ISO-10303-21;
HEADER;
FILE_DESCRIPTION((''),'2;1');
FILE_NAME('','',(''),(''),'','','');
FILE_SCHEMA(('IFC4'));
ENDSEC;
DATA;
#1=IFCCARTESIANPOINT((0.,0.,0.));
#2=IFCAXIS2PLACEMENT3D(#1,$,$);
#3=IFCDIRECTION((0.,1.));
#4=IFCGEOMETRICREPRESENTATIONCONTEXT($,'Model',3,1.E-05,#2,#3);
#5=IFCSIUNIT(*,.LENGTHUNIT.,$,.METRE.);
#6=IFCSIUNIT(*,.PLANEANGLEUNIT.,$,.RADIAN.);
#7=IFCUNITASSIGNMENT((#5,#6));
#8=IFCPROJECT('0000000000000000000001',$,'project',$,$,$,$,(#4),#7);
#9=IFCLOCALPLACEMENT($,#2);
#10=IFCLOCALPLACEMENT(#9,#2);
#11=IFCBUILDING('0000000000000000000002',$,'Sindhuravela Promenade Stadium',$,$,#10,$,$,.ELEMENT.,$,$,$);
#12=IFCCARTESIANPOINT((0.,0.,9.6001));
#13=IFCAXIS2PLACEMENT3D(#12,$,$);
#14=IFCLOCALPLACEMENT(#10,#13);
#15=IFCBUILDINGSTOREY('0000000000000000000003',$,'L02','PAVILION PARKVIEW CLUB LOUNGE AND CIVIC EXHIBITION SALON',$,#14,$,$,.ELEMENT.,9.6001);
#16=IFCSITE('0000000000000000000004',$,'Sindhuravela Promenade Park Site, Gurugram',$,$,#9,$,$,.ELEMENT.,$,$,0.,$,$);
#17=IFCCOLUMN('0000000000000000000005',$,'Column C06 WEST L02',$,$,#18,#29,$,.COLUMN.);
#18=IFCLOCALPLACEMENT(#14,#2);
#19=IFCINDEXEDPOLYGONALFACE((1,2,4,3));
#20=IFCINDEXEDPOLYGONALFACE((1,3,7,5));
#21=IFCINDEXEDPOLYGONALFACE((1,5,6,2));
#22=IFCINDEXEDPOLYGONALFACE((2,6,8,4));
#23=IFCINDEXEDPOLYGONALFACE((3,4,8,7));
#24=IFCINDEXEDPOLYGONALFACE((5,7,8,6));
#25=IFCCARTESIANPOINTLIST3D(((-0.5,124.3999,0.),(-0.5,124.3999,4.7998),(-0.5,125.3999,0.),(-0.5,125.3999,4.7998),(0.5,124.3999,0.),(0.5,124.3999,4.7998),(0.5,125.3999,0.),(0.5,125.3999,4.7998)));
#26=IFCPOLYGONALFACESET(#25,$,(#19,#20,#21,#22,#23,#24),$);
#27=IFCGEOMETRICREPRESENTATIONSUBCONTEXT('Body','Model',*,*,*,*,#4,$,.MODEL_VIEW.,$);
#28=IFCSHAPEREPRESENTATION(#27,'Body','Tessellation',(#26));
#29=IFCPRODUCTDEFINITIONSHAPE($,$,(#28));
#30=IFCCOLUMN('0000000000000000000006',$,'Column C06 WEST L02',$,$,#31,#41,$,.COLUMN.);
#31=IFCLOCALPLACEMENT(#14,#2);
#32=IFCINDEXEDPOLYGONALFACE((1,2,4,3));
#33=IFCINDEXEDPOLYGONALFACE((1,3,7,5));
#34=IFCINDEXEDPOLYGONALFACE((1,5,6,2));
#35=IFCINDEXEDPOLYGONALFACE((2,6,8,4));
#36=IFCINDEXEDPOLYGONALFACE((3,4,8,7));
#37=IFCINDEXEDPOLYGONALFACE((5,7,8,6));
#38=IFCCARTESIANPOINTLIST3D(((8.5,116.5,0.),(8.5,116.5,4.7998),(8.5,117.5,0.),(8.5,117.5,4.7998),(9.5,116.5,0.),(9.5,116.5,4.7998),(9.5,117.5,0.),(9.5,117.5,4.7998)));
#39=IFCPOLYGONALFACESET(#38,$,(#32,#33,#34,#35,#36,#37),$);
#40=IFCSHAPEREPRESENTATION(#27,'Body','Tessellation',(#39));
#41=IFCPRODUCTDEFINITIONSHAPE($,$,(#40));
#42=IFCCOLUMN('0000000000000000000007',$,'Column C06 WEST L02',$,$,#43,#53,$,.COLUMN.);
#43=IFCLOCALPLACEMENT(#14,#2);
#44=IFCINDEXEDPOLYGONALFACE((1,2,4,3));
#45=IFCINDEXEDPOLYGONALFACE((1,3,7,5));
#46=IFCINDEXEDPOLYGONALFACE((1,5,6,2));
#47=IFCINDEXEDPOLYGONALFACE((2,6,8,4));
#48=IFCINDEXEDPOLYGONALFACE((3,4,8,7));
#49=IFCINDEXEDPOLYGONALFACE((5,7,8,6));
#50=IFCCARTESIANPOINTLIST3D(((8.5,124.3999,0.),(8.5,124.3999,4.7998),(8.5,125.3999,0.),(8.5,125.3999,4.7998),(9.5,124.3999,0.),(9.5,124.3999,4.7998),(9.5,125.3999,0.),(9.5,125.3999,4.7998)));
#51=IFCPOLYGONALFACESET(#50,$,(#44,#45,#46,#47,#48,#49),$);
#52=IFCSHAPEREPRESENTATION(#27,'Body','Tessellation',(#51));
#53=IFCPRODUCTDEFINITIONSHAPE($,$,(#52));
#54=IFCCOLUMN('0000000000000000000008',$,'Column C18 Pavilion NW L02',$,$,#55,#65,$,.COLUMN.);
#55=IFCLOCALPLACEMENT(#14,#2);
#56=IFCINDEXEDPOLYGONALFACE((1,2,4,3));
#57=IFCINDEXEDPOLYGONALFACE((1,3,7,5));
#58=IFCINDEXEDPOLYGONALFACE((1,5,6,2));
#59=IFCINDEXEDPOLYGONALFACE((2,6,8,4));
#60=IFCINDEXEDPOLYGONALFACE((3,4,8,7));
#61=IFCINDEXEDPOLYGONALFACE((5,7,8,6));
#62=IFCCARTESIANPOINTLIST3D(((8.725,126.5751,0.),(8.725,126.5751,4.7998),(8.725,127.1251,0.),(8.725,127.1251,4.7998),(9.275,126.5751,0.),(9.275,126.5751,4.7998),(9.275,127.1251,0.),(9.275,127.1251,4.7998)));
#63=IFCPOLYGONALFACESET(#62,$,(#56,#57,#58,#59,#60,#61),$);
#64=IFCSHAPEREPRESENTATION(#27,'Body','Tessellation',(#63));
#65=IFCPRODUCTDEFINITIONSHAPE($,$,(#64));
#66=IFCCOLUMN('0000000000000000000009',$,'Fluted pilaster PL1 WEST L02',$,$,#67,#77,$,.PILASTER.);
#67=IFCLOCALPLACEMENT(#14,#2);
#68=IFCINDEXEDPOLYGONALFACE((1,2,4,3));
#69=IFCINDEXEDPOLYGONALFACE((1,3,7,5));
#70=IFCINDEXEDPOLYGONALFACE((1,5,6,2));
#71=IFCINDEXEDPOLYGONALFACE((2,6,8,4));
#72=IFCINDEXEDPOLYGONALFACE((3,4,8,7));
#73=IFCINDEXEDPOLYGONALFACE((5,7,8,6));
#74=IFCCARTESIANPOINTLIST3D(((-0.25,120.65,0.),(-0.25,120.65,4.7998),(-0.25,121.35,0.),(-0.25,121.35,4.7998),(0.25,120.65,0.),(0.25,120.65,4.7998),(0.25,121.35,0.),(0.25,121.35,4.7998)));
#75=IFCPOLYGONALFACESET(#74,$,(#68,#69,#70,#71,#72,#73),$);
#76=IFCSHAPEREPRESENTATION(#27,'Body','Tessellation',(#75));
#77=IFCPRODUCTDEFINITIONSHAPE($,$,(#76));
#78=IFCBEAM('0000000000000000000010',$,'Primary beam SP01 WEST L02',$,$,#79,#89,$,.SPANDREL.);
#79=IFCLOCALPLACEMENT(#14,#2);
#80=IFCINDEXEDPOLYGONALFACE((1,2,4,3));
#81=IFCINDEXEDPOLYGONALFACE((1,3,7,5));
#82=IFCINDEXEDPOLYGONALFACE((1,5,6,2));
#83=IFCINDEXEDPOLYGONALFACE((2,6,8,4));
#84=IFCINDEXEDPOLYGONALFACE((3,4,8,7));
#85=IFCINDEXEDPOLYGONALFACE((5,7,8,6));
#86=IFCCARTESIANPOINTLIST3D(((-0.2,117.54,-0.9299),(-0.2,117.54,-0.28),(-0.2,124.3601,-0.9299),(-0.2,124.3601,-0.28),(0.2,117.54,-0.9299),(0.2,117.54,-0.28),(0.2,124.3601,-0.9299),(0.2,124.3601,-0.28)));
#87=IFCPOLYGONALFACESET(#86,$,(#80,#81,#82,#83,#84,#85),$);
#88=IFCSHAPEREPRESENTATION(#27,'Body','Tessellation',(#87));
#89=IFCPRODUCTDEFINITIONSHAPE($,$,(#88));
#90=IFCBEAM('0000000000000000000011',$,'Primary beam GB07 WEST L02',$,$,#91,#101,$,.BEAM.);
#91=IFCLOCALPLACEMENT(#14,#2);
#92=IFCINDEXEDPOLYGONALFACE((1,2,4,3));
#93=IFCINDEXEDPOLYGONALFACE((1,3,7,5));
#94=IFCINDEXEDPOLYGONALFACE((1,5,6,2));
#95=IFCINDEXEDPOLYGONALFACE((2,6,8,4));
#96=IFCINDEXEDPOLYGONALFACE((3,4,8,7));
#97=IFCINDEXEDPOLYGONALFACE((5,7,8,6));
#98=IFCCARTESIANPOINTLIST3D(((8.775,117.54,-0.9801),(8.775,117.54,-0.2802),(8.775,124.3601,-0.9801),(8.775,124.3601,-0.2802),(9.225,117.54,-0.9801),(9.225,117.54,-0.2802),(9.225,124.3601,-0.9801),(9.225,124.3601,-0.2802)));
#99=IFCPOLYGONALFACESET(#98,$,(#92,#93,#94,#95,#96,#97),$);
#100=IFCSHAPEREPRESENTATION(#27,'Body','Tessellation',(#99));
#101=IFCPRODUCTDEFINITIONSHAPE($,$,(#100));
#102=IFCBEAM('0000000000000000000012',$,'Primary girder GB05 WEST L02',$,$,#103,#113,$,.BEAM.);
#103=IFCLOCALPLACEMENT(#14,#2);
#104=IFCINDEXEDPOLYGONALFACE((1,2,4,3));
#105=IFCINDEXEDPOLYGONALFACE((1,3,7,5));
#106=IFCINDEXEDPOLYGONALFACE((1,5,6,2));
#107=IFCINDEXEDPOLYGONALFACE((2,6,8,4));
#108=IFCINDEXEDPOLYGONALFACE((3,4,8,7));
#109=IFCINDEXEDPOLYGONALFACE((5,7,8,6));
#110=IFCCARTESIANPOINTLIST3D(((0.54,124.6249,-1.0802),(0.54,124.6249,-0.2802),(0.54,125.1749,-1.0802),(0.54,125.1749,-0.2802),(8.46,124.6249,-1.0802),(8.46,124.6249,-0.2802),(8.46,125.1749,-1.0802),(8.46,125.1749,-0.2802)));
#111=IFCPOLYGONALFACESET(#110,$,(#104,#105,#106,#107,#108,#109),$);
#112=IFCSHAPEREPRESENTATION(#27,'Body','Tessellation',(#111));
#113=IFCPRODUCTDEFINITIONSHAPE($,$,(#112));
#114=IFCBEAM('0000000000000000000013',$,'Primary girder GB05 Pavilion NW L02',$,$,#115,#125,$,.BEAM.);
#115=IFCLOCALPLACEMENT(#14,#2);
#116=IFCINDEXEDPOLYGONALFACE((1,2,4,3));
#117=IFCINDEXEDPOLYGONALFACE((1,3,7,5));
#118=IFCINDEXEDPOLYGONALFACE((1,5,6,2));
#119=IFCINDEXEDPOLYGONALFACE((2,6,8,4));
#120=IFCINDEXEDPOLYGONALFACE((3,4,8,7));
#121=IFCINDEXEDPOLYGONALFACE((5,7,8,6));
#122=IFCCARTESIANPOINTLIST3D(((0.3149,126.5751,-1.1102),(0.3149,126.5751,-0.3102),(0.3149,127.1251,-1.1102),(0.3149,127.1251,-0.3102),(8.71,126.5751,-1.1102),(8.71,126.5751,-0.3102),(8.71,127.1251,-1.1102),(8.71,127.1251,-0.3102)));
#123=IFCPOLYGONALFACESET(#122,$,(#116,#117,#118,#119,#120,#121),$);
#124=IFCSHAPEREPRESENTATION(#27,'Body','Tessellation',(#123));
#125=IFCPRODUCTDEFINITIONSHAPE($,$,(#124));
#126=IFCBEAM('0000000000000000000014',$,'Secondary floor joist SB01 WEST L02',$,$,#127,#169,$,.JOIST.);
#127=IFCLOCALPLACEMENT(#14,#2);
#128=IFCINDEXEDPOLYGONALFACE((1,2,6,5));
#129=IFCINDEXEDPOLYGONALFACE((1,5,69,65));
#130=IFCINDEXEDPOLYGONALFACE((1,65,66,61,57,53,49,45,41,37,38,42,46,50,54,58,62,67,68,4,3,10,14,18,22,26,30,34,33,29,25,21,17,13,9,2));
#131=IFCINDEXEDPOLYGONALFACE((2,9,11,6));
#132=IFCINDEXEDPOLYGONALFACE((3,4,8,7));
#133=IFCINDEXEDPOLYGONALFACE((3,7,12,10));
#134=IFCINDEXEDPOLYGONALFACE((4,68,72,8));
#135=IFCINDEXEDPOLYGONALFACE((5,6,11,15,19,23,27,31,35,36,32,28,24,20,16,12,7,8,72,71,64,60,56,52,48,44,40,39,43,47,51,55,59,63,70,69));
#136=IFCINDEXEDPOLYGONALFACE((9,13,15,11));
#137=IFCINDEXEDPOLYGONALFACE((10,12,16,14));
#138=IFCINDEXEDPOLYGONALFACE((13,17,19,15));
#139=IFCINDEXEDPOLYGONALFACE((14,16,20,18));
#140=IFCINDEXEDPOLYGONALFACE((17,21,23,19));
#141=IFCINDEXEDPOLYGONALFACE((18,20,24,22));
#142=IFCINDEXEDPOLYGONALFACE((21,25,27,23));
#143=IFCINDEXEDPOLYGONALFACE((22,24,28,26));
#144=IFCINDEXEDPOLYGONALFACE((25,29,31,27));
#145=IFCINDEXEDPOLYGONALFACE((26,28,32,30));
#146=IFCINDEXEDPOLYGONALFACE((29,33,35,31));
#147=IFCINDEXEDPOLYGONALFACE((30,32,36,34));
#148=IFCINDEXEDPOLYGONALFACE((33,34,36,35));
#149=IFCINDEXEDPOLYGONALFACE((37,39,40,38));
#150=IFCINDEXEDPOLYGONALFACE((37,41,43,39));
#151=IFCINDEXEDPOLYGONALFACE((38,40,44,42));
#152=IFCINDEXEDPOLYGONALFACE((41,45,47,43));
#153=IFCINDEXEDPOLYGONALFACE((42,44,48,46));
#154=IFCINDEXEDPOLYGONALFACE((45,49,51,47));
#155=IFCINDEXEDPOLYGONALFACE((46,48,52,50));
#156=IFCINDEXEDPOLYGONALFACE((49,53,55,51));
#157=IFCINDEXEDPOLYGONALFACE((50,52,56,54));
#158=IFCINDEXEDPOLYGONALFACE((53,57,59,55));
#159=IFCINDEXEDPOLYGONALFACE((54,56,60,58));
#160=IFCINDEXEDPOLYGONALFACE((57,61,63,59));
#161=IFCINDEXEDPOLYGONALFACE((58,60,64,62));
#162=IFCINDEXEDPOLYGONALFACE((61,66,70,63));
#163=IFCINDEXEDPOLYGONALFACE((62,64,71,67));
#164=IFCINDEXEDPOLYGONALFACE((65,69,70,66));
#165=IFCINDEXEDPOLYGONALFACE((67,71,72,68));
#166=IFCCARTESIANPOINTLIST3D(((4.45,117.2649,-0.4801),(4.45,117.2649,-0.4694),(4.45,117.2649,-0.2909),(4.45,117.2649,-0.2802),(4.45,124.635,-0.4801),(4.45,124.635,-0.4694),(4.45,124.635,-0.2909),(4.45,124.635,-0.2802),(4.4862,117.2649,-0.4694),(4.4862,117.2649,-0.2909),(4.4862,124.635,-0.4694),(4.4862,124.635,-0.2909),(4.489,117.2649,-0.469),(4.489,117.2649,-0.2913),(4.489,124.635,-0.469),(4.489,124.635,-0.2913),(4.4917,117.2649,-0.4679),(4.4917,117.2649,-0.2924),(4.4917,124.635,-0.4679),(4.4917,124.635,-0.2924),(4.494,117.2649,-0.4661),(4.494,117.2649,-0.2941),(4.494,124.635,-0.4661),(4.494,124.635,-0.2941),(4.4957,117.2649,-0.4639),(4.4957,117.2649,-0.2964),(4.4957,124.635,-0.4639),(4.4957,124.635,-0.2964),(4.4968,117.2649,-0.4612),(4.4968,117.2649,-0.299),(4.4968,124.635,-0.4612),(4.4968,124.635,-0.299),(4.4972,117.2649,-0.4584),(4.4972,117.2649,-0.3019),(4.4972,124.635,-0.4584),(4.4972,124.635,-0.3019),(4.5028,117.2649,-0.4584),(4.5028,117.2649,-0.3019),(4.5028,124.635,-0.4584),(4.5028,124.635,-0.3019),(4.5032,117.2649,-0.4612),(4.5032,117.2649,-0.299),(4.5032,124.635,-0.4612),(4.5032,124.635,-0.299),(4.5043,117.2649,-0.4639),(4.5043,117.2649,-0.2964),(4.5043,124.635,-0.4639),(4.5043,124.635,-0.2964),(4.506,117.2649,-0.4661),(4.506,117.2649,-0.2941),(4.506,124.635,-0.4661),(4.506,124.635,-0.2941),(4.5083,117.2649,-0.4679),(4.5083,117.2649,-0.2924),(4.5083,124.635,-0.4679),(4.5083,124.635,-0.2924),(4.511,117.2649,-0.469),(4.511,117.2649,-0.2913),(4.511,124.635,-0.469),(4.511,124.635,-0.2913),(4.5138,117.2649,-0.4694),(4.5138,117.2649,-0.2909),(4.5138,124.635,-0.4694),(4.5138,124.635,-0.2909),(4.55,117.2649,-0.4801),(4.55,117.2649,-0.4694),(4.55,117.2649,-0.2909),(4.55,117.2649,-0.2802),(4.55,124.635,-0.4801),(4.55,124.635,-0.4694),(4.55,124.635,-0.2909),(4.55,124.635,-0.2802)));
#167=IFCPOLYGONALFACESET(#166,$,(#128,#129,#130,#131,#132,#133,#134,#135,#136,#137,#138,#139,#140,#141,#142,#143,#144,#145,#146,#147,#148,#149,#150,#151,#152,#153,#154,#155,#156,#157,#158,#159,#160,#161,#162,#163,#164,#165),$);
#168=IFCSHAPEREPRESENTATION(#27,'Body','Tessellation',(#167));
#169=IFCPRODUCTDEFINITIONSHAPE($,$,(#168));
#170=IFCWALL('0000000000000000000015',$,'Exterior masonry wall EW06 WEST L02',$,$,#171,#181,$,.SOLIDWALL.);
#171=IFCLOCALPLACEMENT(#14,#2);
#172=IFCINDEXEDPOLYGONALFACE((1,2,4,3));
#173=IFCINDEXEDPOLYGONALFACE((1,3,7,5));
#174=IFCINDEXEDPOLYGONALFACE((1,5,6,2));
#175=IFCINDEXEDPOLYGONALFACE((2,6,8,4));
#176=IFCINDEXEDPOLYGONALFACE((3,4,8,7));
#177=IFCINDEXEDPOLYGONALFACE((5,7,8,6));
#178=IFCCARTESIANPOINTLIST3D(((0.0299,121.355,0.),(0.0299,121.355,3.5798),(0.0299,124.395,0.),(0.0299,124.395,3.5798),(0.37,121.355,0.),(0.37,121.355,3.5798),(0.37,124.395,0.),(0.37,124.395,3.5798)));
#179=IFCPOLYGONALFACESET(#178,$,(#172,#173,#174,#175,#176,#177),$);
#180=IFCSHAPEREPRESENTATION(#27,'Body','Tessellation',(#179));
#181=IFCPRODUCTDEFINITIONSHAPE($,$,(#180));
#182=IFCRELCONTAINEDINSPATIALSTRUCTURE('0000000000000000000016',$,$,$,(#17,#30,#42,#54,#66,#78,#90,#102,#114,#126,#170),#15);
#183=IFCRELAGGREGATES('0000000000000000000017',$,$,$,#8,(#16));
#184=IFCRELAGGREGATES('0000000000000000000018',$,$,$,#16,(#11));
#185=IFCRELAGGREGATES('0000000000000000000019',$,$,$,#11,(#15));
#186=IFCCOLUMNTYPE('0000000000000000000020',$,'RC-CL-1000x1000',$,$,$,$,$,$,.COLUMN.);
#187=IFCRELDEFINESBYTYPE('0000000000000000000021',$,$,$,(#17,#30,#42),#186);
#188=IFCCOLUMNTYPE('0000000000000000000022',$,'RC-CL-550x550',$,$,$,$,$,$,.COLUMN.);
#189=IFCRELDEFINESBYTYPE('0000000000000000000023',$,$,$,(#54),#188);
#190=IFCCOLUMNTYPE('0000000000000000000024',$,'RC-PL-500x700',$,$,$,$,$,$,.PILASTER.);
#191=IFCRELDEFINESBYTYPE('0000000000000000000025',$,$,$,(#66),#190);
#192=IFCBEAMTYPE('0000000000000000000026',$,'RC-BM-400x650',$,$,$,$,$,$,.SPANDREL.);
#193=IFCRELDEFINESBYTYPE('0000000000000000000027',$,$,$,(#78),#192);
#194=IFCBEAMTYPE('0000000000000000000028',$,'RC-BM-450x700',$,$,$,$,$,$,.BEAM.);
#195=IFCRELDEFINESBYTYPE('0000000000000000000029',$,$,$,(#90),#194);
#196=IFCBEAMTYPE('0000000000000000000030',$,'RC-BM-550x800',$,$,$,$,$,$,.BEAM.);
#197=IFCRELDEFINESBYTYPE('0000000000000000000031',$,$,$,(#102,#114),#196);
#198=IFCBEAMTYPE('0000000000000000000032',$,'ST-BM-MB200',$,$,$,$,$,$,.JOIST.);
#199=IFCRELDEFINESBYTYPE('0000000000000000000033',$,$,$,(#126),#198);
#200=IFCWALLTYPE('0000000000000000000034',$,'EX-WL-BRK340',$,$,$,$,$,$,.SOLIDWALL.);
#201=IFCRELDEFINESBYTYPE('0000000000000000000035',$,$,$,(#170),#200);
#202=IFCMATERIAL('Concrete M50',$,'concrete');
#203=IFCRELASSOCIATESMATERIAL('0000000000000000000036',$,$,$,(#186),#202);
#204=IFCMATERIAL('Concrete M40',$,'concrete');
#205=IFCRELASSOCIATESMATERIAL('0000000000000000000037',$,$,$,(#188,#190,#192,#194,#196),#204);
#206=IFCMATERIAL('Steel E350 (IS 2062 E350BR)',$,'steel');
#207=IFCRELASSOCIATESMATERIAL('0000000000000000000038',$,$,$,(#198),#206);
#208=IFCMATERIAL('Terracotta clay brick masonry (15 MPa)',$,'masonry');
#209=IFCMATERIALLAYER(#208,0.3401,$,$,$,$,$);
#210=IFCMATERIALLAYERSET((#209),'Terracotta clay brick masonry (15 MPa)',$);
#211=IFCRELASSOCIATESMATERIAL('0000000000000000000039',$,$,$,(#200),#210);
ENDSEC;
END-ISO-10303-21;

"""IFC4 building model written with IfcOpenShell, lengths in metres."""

from ifc_helpers import new_model, si_unit, direction, frame, frame_2d, origin, origin_2d, place, context, subcontext, project, spatial, rectangle, i_section, extrude, material, layer, layer_set, material_profile, profile_set, type_object, element, save


model = new_model("IFC4")

# Units and contexts
model_context = context("Model", 3, precision=1e-05, world=origin(), true_north=direction((0.0, 1.0)))
body_context = subcontext(model_context, "Body", "Model", "MODEL_VIEW")
ifc_project = project(units=[si_unit("LENGTHUNIT", "METRE"), si_unit("PLANEANGLEUNIT", "RADIAN")], contexts=[model_context])

# Site, building, storey
site_placement = place(None, origin())
site = spatial("IfcSite", under=ifc_project, at=site_placement, Name="Sindhuravela Promenade Park Site, Gurugram", CompositionType="ELEMENT", RefElevation=0.0)
building_placement = place(site_placement, origin())
building = spatial("IfcBuilding", under=site, at=building_placement, Name="Sindhuravela Promenade Stadium", CompositionType="ELEMENT")
storey_placement = place(building_placement, frame((0.0, 0.0, 9.6001)))
storey = spatial("IfcBuildingStorey", under=building, at=storey_placement, Name="L02", Description="PAVILION PARKVIEW CLUB LOUNGE AND CIVIC EXHIBITION SALON", CompositionType="ELEMENT", Elevation=9.6001)

# Columns
ifc_material_1 = material(Name="Concrete M50", Category="concrete")
ifc_material_profile_1 = material_profile(ifc_material_1, rectangle(XDim=1.0, YDim=1.0, at=origin_2d()), Name="RC 1000x1000")
ifc_profile_set_1 = profile_set([ifc_material_profile_1], Name="Concrete M50")
column_type_1 = type_object("IfcColumnType", Name="RC-CL-1000x1000", PredefinedType="COLUMN", material=ifc_profile_set_1)
for number, where, z_axis, x_axis, name in (
    (1, (0.0, 124.8999, 0.0), (0.0, 0.0, 1.0), (1.0, 0.0, 0.0), "Column C06 WEST L02"),
    (2, (9.0, 117.0, 0.0), (0.0, 0.0, 1.0), (1.0, 0.0, 0.0), "Column C06 WEST L02"),
    (3, (9.0, 124.8999, 0.0), (0.0, 0.0, 1.0), (1.0, 0.0, 0.0), "Column C06 WEST L02"),
):
    element("IfcColumn", number, at=place(storey_placement, frame(where, z_axis=z_axis, x_axis=x_axis)), inside=storey, type_object=column_type_1, Name=name, PredefinedType="COLUMN", context=body_context, shape_type="SweptSolid", body=[
        extrude(rectangle(XDim=1.0, YDim=1.0, at=origin_2d()), origin(), (0.0, 0.0, 1.0), 4.7998),
    ])
ifc_material_2 = material(Name="Concrete M40", Category="concrete")
ifc_material_profile_2 = material_profile(ifc_material_2, rectangle(XDim=0.55, YDim=0.55, at=origin_2d()), Name="RC 550x550")
ifc_profile_set_2 = profile_set([ifc_material_profile_2], Name="Concrete M40")
column_type_2 = type_object("IfcColumnType", Name="RC-CL-550x550", PredefinedType="COLUMN", material=ifc_profile_set_2)
column_1_placement = place(storey_placement, frame((9.0, 126.8501, 0.0), z_axis=(0.0, 0.0, 1.0), x_axis=(1.0, 0.0, 0.0)))
element("IfcColumn", 4, at=column_1_placement, inside=storey, type_object=column_type_2, Name="Column C18 Pavilion NW L02", PredefinedType="COLUMN", context=body_context, shape_type="SweptSolid", body=[
    extrude(rectangle(XDim=0.55, YDim=0.55, at=origin_2d()), origin(), (0.0, 0.0, 1.0), 4.7998),
])
ifc_material_profile_3 = material_profile(ifc_material_2, rectangle(XDim=0.5, YDim=0.7, at=origin_2d()), Name="PIL 500x700")
ifc_profile_set_3 = profile_set([ifc_material_profile_3], Name="Concrete M40")
column_type_3 = type_object("IfcColumnType", Name="RC-PL-500x700", PredefinedType="PILASTER", material=ifc_profile_set_3)
column_2_placement = place(storey_placement, frame((0.0, 121.0, 0.0), z_axis=(0.0, 0.0, 1.0), x_axis=(1.0, 0.0, 0.0)))
element("IfcColumn", 5, at=column_2_placement, inside=storey, type_object=column_type_3, Name="Fluted pilaster PL1 WEST L02", PredefinedType="PILASTER", context=body_context, shape_type="SweptSolid", body=[
    extrude(rectangle(XDim=0.5, YDim=0.7, at=origin_2d()), origin(), (0.0, 0.0, 1.0), 4.7998),
])

# Beams
ifc_material_profile_4 = material_profile(ifc_material_2, rectangle(XDim=0.3999, YDim=0.6499, at=origin_2d()), Name="RC 400x650")
ifc_profile_set_4 = profile_set([ifc_material_profile_4], Name="Concrete M40")
beam_type_1 = type_object("IfcBeamType", Name="RC-BM-400x650", PredefinedType="SPANDREL", material=ifc_profile_set_4)
beam_1_placement = place(storey_placement, frame((0.0, 117.54, -0.605), z_axis=(0.0, 1.0, 0.0), x_axis=(-1.0, 0.0, 0.0)))
element("IfcBeam", 6, at=beam_1_placement, inside=storey, type_object=beam_type_1, Name="Primary beam SP01 WEST L02", PredefinedType="SPANDREL", context=body_context, shape_type="SweptSolid", body=[
    extrude(rectangle(XDim=0.3999, YDim=0.6499, at=origin_2d()), origin(), (0.0, 0.0, 1.0), 6.8201),
])
ifc_material_profile_5 = material_profile(ifc_material_2, rectangle(XDim=0.45, YDim=0.7, at=origin_2d()), Name="RC 450x700")
ifc_profile_set_5 = profile_set([ifc_material_profile_5], Name="Concrete M40")
beam_type_2 = type_object("IfcBeamType", Name="RC-BM-450x700", PredefinedType="BEAM", material=ifc_profile_set_5)
beam_2_placement = place(storey_placement, frame((9.0, 117.54, -0.6301), z_axis=(0.0, 1.0, 0.0), x_axis=(-1.0, 0.0, 0.0)))
element("IfcBeam", 7, at=beam_2_placement, inside=storey, type_object=beam_type_2, Name="Primary beam GB07 WEST L02", PredefinedType="BEAM", context=body_context, shape_type="SweptSolid", body=[
    extrude(rectangle(XDim=0.45, YDim=0.7, at=origin_2d()), origin(), (0.0, 0.0, 1.0), 6.8201),
])
ifc_material_profile_6 = material_profile(ifc_material_2, rectangle(XDim=0.55, YDim=0.8, at=origin_2d()), Name="RC 550x800")
ifc_profile_set_6 = profile_set([ifc_material_profile_6], Name="Concrete M40")
beam_type_3 = type_object("IfcBeamType", Name="RC-BM-550x800", PredefinedType="BEAM", material=ifc_profile_set_6)
beam_3_placement = place(storey_placement, frame((0.54, 124.8999, -0.6802), z_axis=(1.0, 0.0, 0.0), x_axis=(0.0, 1.0, 0.0)))
element("IfcBeam", 8, at=beam_3_placement, inside=storey, type_object=beam_type_3, Name="Primary girder GB05 WEST L02", PredefinedType="BEAM", context=body_context, shape_type="SweptSolid", body=[
    extrude(rectangle(XDim=0.55, YDim=0.8, at=origin_2d()), origin(), (0.0, 0.0, 1.0), 7.9199),
])
beam_4_placement = place(storey_placement, frame((0.3149, 126.8501, -0.7102), z_axis=(1.0, 0.0, 0.0), x_axis=(0.0, 1.0, 0.0)))
element("IfcBeam", 9, at=beam_4_placement, inside=storey, type_object=beam_type_3, Name="Primary girder GB05 Pavilion NW L02", PredefinedType="BEAM", context=body_context, shape_type="SweptSolid", body=[
    extrude(rectangle(XDim=0.55, YDim=0.8, at=origin_2d()), origin(), (0.0, 0.0, 1.0), 8.395),
])
ifc_material_3 = material(Name="Steel E350 (IS 2062 E350BR)", Category="steel")
ifc_material_profile_7 = material_profile(ifc_material_3, i_section(OverallWidth=0.1001, OverallDepth=0.2, WebThickness=0.0056, FlangeThickness=0.0107, FilletRadius=0.011, at=origin_2d()), Name="ISMB 200")
ifc_profile_set_7 = profile_set([ifc_material_profile_7], Name="Steel E350 (IS 2062 E350BR)")
beam_type_4 = type_object("IfcBeamType", Name="ST-BM-MB200", PredefinedType="JOIST", material=ifc_profile_set_7)
beam_5_placement = place(storey_placement, frame((4.5, 117.2649, -0.3801), z_axis=(0.0, 1.0, 0.0), x_axis=(-1.0, 0.0, 0.0)))
element("IfcBeam", 10, at=beam_5_placement, inside=storey, type_object=beam_type_4, Name="Secondary floor joist SB01 WEST L02", PredefinedType="JOIST", context=body_context, shape_type="SweptSolid", body=[
    extrude(i_section(OverallWidth=0.1001, OverallDepth=0.2, WebThickness=0.0056, FlangeThickness=0.0107, FilletRadius=0.011, at=origin_2d()), origin(), (0.0, 0.0, 1.0), 7.3701),
])

# Wall
ifc_material_4 = material(Name="Terracotta clay brick masonry (15 MPa)", Category="masonry")
ifc_layer_1 = layer(ifc_material_4, 0.3401)
ifc_layer_set_1 = layer_set([ifc_layer_1], Name="Terracotta clay brick masonry (15 MPa)")
wall_type_1 = type_object("IfcWallType", Name="EX-WL-BRK340", PredefinedType="SOLIDWALL", material=ifc_layer_set_1)
wall_1_placement = place(storey_placement, frame((0.2, 121.355, 0.0), z_axis=(0.0, 0.0, 1.0), x_axis=(0.0, 1.0, 0.0)))
element("IfcWall", 11, at=wall_1_placement, inside=storey, type_object=wall_type_1, Name="Exterior masonry wall EW06 WEST L02", PredefinedType="SOLIDWALL", context=body_context, shape_type="SweptSolid", body=[
    extrude(rectangle(XDim=3.04, YDim=0.3401, at=frame_2d((1.52, 0.0))), origin(), (0.0, 0.0, 1.0), 3.5798),
])

save(model, "model.ifc")
